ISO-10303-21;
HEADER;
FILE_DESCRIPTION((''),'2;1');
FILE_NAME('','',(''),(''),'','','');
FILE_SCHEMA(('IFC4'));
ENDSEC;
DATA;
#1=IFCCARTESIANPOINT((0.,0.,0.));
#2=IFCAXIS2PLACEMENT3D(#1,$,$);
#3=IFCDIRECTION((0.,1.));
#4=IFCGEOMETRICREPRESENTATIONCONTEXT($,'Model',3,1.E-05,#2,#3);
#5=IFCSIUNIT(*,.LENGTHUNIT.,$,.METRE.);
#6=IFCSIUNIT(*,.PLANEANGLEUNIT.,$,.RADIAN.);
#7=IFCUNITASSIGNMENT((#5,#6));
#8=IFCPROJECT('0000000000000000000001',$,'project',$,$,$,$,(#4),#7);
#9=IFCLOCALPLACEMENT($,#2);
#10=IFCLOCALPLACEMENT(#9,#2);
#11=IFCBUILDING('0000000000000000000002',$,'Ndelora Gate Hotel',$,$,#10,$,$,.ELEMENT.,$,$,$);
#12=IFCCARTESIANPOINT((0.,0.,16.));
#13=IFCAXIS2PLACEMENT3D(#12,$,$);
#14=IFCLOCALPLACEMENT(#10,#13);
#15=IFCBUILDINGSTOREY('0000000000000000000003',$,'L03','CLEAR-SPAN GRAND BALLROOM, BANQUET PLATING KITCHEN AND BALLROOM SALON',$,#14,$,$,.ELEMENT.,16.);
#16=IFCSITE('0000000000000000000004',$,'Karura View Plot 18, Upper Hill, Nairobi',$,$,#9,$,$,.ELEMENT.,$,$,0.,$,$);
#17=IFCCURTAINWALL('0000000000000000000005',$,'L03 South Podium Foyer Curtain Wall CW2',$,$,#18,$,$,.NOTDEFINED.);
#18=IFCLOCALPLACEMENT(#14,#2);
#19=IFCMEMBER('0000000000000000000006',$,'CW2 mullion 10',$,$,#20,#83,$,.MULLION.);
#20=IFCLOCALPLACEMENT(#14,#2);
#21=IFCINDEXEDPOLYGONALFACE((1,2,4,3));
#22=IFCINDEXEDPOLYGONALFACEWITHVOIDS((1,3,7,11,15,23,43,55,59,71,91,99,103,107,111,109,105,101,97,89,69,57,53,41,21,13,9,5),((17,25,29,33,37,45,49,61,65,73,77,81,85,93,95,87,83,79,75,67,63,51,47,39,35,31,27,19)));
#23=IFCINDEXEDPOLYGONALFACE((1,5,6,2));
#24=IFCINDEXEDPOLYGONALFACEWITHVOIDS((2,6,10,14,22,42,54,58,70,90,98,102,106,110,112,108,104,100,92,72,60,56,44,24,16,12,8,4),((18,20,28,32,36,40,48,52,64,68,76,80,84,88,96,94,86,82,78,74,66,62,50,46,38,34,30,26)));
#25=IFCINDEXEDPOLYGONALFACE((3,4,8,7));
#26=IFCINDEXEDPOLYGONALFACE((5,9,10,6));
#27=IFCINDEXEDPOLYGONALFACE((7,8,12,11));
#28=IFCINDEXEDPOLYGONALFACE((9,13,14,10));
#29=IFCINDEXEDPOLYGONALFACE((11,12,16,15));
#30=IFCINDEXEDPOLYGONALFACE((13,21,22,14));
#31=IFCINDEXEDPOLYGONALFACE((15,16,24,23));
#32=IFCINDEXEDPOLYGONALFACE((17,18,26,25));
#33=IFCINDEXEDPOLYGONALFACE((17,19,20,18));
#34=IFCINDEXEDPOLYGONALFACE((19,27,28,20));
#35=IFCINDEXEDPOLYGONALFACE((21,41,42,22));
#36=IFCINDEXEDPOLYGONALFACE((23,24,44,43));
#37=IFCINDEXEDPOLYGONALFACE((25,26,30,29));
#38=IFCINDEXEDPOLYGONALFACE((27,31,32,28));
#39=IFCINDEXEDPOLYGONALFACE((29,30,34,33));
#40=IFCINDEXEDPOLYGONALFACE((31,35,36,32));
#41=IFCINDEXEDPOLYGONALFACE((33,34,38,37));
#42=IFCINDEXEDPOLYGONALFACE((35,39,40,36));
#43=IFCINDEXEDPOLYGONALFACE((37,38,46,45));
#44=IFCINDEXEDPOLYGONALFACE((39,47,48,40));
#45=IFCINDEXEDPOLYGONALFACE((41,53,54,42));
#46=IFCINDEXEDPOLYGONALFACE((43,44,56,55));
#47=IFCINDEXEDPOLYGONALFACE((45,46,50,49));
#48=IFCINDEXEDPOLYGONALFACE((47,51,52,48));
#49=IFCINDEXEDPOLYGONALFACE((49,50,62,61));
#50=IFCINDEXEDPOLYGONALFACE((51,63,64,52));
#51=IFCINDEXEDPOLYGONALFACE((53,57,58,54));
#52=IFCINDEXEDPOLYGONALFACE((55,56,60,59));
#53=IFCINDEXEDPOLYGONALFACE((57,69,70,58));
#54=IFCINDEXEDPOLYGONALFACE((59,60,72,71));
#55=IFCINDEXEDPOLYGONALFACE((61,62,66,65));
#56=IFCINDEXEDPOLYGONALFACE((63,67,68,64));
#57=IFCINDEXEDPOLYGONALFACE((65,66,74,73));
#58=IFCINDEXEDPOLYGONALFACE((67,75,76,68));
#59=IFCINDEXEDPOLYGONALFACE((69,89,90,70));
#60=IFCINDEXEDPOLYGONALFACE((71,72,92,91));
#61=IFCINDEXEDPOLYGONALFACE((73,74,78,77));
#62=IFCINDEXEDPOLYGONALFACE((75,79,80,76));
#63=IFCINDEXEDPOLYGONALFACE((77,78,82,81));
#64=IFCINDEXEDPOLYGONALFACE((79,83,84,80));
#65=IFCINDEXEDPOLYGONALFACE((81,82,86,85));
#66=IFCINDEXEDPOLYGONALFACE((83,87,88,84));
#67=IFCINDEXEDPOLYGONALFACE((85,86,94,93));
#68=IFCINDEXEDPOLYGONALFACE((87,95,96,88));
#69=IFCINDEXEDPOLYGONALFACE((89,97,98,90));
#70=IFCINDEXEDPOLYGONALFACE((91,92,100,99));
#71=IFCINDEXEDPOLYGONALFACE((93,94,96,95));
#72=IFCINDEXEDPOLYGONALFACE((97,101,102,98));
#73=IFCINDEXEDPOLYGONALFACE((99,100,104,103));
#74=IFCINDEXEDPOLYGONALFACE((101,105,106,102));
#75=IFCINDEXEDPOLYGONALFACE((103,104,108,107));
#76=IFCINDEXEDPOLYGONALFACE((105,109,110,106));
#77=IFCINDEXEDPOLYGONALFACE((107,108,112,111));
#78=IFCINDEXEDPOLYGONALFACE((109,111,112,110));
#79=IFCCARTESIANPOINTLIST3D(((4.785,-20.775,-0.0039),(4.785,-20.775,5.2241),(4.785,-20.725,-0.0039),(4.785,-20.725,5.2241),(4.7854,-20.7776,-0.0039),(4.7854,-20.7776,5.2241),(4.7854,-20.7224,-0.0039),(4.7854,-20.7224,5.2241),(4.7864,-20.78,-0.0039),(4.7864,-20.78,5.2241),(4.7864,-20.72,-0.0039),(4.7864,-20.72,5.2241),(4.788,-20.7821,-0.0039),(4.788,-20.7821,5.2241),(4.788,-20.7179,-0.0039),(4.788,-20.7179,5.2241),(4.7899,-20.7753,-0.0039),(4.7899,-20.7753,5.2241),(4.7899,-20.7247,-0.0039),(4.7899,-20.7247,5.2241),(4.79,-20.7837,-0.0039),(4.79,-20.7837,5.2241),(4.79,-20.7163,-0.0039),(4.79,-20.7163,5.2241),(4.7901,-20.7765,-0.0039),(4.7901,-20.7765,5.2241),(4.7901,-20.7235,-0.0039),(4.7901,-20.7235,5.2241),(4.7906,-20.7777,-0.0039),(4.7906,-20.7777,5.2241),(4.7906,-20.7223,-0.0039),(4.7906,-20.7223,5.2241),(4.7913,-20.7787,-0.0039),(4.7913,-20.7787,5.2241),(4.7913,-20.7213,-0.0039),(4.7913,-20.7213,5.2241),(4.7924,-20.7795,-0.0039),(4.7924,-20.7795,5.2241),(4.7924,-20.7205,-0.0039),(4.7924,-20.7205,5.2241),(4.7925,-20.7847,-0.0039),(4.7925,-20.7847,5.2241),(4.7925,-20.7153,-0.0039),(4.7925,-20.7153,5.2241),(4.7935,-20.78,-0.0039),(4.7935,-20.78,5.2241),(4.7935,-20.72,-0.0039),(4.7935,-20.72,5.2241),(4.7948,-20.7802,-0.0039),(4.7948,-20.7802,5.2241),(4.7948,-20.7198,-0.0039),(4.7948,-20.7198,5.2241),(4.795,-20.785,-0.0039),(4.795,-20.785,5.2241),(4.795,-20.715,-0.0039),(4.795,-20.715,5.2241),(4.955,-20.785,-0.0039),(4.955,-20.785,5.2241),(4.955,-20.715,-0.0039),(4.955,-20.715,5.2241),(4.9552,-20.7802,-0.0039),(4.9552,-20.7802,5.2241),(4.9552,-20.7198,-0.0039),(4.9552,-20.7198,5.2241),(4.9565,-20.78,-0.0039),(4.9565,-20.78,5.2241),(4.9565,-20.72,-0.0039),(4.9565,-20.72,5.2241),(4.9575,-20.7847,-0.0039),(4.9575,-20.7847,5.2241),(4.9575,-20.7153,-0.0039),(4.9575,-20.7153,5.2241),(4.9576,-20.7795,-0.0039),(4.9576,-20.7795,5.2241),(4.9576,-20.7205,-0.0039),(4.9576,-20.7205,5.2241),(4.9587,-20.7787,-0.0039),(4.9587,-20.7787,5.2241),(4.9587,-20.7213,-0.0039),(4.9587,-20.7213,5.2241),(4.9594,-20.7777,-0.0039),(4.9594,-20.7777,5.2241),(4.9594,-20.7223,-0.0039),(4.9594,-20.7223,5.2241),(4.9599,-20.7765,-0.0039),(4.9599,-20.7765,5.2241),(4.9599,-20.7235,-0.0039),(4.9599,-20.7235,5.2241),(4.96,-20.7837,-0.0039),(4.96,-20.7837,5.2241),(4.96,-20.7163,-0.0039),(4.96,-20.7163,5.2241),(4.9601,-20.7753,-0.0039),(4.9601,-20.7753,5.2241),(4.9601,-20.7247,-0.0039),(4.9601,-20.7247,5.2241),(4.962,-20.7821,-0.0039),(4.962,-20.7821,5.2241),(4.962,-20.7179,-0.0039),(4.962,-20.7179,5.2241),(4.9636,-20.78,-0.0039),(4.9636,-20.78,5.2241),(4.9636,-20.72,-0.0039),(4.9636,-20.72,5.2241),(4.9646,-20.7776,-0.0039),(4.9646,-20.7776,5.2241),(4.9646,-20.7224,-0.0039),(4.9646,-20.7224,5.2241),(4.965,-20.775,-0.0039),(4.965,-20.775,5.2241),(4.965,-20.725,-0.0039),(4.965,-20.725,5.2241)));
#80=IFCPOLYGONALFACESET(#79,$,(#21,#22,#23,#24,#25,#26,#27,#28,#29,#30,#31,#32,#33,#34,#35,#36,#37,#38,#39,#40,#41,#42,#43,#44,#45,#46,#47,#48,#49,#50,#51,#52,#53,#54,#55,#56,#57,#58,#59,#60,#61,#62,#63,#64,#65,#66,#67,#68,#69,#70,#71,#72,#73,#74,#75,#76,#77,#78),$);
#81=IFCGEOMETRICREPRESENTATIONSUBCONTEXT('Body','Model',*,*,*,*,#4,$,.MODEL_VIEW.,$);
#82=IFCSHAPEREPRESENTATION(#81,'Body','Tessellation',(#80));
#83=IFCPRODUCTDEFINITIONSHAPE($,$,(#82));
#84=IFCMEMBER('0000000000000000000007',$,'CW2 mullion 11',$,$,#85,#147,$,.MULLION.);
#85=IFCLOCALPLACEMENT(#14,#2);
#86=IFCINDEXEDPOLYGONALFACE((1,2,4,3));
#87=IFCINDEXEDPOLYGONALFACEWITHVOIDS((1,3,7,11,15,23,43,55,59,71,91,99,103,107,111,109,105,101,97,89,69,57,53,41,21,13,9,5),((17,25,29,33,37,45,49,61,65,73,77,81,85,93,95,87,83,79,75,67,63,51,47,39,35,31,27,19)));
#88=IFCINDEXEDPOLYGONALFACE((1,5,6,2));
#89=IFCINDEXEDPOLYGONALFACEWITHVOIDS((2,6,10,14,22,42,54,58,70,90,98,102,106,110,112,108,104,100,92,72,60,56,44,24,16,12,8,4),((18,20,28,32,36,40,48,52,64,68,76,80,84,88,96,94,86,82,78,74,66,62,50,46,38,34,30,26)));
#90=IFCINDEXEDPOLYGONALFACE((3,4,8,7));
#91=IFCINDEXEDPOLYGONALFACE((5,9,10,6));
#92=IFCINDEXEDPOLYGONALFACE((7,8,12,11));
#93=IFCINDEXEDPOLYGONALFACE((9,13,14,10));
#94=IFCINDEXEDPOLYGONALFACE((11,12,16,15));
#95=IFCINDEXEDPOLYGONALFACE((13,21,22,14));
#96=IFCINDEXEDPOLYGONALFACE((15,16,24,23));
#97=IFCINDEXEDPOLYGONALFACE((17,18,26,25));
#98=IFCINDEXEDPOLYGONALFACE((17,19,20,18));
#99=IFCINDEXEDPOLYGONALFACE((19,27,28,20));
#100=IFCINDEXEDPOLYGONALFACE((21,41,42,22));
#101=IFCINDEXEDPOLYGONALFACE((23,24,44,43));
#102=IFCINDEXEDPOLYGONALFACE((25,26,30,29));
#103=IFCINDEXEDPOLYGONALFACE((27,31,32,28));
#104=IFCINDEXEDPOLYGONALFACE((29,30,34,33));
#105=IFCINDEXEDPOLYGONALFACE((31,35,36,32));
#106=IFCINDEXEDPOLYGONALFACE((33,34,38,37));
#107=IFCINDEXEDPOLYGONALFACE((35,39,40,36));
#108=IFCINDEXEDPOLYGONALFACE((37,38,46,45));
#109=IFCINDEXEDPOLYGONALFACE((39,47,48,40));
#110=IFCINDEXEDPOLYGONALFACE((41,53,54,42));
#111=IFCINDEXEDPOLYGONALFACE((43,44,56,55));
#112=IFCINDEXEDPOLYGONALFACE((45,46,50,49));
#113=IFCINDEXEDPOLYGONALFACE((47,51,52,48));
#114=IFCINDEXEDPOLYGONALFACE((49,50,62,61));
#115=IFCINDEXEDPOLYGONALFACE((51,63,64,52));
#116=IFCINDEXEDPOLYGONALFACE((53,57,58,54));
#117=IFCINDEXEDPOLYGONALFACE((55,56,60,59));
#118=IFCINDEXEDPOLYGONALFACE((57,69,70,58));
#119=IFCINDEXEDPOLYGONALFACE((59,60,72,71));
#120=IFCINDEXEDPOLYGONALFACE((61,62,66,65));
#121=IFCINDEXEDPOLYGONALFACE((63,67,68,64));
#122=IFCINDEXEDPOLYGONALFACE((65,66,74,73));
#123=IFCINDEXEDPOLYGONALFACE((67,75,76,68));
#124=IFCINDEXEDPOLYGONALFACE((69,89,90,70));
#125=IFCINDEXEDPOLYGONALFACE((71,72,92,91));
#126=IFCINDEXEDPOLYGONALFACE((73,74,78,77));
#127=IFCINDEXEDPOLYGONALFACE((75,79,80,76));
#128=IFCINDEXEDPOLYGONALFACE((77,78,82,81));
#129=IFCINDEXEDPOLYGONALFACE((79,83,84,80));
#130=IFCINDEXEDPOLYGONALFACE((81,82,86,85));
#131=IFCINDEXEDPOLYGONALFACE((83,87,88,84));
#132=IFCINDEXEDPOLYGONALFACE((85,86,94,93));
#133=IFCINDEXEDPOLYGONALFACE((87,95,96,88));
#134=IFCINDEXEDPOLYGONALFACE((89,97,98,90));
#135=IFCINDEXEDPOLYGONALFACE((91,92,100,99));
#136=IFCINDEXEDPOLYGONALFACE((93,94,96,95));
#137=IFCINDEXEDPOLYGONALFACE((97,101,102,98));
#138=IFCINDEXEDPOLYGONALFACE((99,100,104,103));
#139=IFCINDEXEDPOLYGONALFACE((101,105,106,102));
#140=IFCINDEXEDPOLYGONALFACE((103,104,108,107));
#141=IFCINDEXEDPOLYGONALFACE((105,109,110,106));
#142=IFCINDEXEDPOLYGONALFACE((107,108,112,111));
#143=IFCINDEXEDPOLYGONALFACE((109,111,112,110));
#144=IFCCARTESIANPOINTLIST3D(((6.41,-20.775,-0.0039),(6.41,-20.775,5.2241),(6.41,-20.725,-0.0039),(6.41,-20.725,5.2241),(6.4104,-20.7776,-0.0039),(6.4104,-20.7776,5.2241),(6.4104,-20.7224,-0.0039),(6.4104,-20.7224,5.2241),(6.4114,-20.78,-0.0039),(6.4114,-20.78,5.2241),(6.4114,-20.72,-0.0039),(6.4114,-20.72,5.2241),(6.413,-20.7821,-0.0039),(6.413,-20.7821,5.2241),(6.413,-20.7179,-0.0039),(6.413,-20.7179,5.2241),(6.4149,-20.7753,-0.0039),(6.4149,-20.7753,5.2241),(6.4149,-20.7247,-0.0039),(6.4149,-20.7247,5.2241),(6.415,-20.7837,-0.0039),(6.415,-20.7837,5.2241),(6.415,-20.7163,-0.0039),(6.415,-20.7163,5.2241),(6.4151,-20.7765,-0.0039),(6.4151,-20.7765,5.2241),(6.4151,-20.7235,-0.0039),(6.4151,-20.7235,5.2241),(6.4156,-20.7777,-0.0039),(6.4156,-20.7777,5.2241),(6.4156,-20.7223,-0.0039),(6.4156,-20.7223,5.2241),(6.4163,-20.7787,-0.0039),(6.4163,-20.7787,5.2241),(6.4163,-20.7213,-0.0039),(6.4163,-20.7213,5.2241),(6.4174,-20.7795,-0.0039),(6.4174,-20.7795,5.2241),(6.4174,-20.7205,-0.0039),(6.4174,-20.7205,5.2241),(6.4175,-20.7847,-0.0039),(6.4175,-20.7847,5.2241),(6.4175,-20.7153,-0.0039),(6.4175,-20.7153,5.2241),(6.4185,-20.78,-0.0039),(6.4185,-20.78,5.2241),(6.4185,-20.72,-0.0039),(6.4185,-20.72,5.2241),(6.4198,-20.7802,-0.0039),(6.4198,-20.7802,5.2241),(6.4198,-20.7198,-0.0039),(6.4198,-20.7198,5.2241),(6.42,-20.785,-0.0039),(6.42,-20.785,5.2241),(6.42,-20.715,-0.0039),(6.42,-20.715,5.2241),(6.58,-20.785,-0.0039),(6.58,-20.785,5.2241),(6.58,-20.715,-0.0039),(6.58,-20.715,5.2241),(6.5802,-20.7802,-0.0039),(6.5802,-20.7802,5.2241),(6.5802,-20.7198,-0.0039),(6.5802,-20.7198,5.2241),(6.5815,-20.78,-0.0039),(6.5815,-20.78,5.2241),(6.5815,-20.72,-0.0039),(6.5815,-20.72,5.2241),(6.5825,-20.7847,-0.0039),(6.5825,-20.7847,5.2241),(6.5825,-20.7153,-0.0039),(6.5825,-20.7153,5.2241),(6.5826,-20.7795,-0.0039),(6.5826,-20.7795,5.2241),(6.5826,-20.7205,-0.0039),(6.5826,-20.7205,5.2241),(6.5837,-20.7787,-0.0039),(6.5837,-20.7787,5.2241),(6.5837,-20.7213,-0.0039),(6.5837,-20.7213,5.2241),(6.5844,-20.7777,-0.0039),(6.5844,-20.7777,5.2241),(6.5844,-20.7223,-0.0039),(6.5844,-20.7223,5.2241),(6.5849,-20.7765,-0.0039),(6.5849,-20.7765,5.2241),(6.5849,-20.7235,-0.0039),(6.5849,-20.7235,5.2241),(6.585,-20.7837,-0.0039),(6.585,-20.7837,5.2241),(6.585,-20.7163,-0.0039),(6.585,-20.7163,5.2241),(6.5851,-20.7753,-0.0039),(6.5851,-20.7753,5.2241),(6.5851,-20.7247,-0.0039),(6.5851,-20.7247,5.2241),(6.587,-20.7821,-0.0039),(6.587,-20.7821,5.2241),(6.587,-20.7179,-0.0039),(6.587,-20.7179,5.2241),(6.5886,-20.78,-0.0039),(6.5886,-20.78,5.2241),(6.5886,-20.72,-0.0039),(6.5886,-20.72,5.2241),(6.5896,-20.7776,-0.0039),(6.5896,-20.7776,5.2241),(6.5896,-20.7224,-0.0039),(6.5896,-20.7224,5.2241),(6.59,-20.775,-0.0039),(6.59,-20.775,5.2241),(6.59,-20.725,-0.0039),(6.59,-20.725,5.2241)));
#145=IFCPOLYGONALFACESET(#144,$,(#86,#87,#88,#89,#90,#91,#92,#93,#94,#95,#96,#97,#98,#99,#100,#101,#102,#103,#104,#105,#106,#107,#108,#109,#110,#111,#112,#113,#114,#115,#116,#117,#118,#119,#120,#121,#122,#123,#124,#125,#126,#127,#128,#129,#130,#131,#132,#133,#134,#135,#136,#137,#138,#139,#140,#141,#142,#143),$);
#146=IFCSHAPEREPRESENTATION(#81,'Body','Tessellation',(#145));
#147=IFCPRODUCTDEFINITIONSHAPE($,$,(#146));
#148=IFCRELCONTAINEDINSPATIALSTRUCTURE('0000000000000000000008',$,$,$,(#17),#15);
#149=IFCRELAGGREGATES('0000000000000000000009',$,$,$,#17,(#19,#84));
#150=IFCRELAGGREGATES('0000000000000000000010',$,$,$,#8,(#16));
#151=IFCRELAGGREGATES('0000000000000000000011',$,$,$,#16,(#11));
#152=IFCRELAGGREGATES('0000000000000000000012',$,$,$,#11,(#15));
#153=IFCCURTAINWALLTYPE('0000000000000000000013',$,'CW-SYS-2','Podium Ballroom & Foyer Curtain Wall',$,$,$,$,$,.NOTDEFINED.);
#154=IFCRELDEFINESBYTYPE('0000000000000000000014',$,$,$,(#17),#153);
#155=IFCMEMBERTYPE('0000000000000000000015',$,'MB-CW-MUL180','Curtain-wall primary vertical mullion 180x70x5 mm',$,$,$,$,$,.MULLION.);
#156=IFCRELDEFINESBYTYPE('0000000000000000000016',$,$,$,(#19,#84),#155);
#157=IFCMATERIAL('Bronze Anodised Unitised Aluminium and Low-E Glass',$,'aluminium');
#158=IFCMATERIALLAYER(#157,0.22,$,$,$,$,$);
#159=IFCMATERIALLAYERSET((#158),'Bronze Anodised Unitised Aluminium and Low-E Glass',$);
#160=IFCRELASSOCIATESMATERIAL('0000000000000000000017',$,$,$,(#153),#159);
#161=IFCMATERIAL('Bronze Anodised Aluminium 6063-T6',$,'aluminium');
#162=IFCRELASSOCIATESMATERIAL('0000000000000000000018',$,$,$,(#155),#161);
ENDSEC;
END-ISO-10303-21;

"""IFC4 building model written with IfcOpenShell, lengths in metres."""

from ifc_helpers import new_model, si_unit, direction, frame, origin, origin_2d, place, context, subcontext, project, spatial, hollow_rectangle, extrude, material, layer, layer_set, material_profile, profile_set, type_object, element, aggregate, save


model = new_model("IFC4")

# Units and contexts
model_context = context("Model", 3, precision=1e-05, world=origin(), true_north=direction((0.0, 1.0)))
body_context = subcontext(model_context, "Body", "Model", "MODEL_VIEW")
ifc_project = project(units=[si_unit("LENGTHUNIT", "METRE"), si_unit("PLANEANGLEUNIT", "RADIAN")], contexts=[model_context])

# Site, building, storey
site_placement = place(None, origin())
site = spatial("IfcSite", under=ifc_project, at=site_placement, Name="Karura View Plot 18, Upper Hill, Nairobi", CompositionType="ELEMENT", RefElevation=0.0)
building_placement = place(site_placement, origin())
building = spatial("IfcBuilding", under=site, at=building_placement, Name="Ndelora Gate Hotel", CompositionType="ELEMENT")
storey_placement = place(building_placement, frame((0.0, 0.0, 16.0)))
storey = spatial("IfcBuildingStorey", under=building, at=storey_placement, Name="L03", Description="CLEAR-SPAN GRAND BALLROOM, BANQUET PLATING KITCHEN AND BALLROOM SALON", CompositionType="ELEMENT", Elevation=16.0)

# Curtain wall, members
ifc_material_1 = material(Name="Bronze Anodised Unitised Aluminium and Low-E Glass", Category="aluminium")
ifc_layer_1 = layer(ifc_material_1, 0.22)
ifc_layer_set_1 = layer_set([ifc_layer_1], Name="Bronze Anodised Unitised Aluminium and Low-E Glass")
curtain_wall_type = type_object("IfcCurtainWallType", Name="CW-SYS-2", Description="Podium Ballroom & Foyer Curtain Wall", PredefinedType="NOTDEFINED", material=ifc_layer_set_1)
curtain_wall_placement = place(storey_placement, origin())
curtain_wall = element("IfcCurtainWall", 1, at=curtain_wall_placement, inside=storey, type_object=curtain_wall_type, Name="L03 South Podium Foyer Curtain Wall CW2", PredefinedType="NOTDEFINED")
ifc_material_2 = material(Name="Bronze Anodised Aluminium 6063-T6", Category="aluminium")
ifc_material_profile_1 = material_profile(ifc_material_2, hollow_rectangle(XDim=0.0701, YDim=0.1799, WallThickness=0.0049, InnerFilletRadius=0.0049, OuterFilletRadius=0.01, at=origin_2d()), Name="ALU 180x70x5")
ifc_profile_set_1 = profile_set([ifc_material_profile_1], Name="Bronze Anodised Aluminium 6063-T6")
member_type_1 = type_object("IfcMemberType", Name="MB-CW-MUL180", Description="Curtain-wall primary vertical mullion 180x70x5 mm", PredefinedType="MULLION", material=ifc_profile_set_1)
member_1_placement = place(storey_placement, frame((4.875, -20.75, -0.0039), z_axis=(0.0, 0.0, 1.0), x_axis=(0.0, 1.0, 0.0)))
member_1 = element("IfcMember", 2, at=member_1_placement, type_object=member_type_1, Name="CW2 mullion 10", PredefinedType="MULLION", context=body_context, shape_type="SweptSolid", body=[
    extrude(hollow_rectangle(XDim=0.0701, YDim=0.1799, WallThickness=0.0049, InnerFilletRadius=0.0049, OuterFilletRadius=0.01, at=origin_2d()), origin(), (0.0, 0.0, 1.0), 5.228),
])
member_2_placement = place(storey_placement, frame((6.5, -20.75, -0.0039), z_axis=(0.0, 0.0, 1.0), x_axis=(0.0, 1.0, 0.0)))
member_2 = element("IfcMember", 3, at=member_2_placement, type_object=member_type_1, Name="CW2 mullion 11", PredefinedType="MULLION", context=body_context, shape_type="SweptSolid", body=[
    extrude(hollow_rectangle(XDim=0.0701, YDim=0.1799, WallThickness=0.0049, InnerFilletRadius=0.0049, OuterFilletRadius=0.01, at=origin_2d()), origin(), (0.0, 0.0, 1.0), 5.228),
])
aggregate(curtain_wall, [member_1, member_2])

save(model, "model.ifc")
